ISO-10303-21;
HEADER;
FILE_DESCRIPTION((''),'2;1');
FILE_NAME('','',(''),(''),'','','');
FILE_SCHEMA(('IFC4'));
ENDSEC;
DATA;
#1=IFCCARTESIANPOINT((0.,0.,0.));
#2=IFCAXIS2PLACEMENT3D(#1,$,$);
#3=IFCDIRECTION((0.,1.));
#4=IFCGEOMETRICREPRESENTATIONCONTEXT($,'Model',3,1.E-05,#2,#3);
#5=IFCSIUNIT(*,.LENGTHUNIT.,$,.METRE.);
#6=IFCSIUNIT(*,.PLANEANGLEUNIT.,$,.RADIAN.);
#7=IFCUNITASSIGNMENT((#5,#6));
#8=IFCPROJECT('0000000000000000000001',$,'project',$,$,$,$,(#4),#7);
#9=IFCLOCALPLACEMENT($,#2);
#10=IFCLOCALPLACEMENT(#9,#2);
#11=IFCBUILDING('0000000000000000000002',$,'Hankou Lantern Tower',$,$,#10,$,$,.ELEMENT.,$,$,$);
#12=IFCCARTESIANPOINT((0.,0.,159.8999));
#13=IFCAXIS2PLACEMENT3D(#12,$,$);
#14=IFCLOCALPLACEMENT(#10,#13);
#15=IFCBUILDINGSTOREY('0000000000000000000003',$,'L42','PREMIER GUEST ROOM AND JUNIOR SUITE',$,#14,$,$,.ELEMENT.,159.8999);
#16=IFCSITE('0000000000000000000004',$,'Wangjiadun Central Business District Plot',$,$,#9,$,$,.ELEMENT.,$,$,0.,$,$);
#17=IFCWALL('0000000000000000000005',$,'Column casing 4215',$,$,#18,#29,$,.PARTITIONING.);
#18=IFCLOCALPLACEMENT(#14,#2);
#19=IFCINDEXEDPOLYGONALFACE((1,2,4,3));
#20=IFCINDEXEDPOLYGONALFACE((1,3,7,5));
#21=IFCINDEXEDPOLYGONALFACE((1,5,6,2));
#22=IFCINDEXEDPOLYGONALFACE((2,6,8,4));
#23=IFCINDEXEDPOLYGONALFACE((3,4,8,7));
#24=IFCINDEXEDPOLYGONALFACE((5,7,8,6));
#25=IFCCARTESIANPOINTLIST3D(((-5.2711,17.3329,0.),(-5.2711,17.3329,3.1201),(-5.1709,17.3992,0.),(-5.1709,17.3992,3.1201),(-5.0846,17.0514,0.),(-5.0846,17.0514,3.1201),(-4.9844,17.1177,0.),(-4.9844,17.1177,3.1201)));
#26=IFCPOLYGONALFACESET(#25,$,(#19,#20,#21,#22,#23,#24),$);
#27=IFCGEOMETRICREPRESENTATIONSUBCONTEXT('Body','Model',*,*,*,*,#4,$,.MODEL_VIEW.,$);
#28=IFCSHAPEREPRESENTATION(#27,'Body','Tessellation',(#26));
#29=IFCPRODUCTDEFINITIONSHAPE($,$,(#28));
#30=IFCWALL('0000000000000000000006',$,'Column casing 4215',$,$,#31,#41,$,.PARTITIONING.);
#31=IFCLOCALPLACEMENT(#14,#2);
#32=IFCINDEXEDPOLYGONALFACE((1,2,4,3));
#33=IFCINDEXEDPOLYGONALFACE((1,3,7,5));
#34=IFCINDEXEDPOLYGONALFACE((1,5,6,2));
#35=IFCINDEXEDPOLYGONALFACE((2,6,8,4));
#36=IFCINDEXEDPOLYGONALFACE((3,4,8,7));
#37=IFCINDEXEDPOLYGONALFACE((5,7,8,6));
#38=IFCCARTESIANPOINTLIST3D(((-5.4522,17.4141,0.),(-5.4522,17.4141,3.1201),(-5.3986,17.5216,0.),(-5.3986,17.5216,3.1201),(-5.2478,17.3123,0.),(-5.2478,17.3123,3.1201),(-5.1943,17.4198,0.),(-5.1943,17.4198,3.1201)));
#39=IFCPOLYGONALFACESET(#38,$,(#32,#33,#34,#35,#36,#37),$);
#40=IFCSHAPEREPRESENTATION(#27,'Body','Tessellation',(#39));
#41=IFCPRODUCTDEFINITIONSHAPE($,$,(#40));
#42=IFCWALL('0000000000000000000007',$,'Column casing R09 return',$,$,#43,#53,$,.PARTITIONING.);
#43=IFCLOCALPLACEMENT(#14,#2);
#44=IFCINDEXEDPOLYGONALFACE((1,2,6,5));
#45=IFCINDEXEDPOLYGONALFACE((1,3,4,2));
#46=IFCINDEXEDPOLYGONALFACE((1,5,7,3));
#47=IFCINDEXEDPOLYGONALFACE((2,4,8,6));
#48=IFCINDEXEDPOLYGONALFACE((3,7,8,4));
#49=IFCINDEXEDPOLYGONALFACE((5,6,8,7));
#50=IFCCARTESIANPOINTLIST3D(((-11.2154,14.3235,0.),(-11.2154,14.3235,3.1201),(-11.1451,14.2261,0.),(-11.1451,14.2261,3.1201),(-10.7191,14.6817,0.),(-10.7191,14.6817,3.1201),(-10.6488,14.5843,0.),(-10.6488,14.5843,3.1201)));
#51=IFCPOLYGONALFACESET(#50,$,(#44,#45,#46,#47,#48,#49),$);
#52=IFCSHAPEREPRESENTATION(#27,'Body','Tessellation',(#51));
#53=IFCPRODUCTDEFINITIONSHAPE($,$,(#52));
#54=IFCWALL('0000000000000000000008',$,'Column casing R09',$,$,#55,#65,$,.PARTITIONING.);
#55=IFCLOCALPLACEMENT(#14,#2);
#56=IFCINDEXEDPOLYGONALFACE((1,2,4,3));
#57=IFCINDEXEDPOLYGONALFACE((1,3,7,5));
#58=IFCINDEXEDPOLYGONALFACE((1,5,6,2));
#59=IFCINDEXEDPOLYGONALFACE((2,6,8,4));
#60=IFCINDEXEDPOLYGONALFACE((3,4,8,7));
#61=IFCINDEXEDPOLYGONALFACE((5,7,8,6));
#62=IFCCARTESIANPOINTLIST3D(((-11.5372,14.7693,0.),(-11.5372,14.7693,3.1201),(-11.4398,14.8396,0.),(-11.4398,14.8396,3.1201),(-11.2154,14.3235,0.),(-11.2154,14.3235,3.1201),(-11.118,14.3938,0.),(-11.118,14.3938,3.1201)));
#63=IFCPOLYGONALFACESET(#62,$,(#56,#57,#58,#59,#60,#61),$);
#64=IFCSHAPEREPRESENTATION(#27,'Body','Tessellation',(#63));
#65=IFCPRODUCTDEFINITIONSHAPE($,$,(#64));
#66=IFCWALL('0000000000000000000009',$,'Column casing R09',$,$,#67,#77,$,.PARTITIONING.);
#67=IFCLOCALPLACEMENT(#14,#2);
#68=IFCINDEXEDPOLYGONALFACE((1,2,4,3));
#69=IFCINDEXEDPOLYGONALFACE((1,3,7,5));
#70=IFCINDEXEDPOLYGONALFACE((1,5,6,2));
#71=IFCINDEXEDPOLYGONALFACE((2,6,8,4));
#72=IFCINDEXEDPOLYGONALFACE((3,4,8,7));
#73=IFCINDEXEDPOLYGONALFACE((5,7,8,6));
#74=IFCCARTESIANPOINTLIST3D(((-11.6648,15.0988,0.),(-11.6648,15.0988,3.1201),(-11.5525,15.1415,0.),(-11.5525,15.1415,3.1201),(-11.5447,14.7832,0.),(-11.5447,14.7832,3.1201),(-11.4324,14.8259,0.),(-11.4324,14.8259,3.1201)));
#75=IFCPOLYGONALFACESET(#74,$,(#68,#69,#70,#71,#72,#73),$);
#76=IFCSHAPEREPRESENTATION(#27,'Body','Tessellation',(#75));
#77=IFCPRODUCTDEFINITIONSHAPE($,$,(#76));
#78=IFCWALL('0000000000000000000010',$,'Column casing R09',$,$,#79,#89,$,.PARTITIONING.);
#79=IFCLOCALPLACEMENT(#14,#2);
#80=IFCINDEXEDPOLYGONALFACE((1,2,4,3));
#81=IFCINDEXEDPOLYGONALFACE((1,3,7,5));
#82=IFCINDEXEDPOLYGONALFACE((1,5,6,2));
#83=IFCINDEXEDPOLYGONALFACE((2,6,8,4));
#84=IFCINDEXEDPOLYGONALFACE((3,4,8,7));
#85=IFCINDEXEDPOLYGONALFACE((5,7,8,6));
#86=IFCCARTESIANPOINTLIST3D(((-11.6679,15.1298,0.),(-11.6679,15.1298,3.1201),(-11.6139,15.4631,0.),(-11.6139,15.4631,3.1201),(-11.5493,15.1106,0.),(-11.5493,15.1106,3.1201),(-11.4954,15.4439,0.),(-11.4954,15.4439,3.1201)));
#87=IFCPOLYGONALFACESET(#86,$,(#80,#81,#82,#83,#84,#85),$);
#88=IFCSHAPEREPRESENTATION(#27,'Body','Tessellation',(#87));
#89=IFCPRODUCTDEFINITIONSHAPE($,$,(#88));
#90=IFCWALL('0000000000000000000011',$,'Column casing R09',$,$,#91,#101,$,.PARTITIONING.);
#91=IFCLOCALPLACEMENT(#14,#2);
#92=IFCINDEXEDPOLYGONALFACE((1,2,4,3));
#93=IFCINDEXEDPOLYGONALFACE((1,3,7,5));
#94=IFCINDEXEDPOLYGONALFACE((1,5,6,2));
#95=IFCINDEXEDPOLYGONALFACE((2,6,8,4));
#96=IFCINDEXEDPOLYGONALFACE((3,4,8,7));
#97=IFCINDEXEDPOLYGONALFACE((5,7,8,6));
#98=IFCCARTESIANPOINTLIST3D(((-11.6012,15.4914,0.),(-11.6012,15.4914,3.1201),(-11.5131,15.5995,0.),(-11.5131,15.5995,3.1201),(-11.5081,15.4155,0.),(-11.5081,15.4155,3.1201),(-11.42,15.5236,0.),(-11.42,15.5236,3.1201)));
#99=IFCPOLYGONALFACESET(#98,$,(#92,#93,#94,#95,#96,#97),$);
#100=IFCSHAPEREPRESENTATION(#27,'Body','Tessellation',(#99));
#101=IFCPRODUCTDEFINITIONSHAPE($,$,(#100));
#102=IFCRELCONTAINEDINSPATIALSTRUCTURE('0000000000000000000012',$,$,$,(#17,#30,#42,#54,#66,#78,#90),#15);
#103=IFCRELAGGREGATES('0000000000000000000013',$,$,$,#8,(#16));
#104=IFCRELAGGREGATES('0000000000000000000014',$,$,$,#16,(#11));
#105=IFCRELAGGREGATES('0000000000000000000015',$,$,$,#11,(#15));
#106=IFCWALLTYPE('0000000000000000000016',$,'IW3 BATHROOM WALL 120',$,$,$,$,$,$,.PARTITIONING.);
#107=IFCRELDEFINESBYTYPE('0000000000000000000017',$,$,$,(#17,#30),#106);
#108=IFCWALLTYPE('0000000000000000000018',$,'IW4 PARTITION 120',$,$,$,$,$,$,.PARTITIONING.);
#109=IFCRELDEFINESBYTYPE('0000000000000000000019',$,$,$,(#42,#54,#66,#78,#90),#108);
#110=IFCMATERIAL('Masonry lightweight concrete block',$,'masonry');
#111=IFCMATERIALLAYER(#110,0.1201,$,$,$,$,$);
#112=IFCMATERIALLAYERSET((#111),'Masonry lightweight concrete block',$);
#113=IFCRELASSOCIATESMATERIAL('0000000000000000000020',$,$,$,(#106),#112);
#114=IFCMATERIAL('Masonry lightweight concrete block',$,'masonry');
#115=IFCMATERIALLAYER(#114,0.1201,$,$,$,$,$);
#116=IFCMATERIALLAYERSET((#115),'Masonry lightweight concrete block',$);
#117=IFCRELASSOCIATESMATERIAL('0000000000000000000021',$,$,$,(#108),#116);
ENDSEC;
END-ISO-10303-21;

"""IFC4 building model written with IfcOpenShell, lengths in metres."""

from ifc_helpers import new_model, si_unit, direction, frame, frame_2d, origin, place, context, subcontext, project, spatial, rectangle, extrude, material, layer, layer_set, type_object, element, save


model = new_model("IFC4")

# Units and contexts
model_context = context("Model", 3, precision=1e-05, world=origin(), true_north=direction((0.0, 1.0)))
body_context = subcontext(model_context, "Body", "Model", "MODEL_VIEW")
ifc_project = project(units=[si_unit("LENGTHUNIT", "METRE"), si_unit("PLANEANGLEUNIT", "RADIAN")], contexts=[model_context])

# Site, building, storey
site_placement = place(None, origin())
site = spatial("IfcSite", under=ifc_project, at=site_placement, Name="Wangjiadun Central Business District Plot", CompositionType="ELEMENT", RefElevation=0.0)
building_placement = place(site_placement, origin())
building = spatial("IfcBuilding", under=site, at=building_placement, Name="Hankou Lantern Tower", CompositionType="ELEMENT")
storey_placement = place(building_placement, frame((0.0, 0.0, 159.8999)))
storey = spatial("IfcBuildingStorey", under=building, at=storey_placement, Name="L42", Description="PREMIER GUEST ROOM AND JUNIOR SUITE", CompositionType="ELEMENT", Elevation=159.8999)

# Shared definitions
ifc_material_1 = material(Name="Masonry lightweight concrete block", Category="masonry")
ifc_layer_1 = layer(ifc_material_1, 0.1201)
ifc_layer_set_1 = layer_set([ifc_layer_1], Name="Masonry lightweight concrete block")
wall_type_1 = type_object("IfcWallType", Name="IW3 BATHROOM WALL 120", PredefinedType="PARTITIONING", material=ifc_layer_set_1)

# Walls
wall_1_placement = place(storey_placement, frame((-5.0344, 17.0845, 0.0), z_axis=(0.0, 0.0, 1.0), x_axis=(-0.552362, 0.833604, 0.0)))
element("IfcWall", 1, at=wall_1_placement, inside=storey, type_object=wall_type_1, Name="Column casing 4215", PredefinedType="PARTITIONING", context=body_context, shape_type="SweptSolid", body=[
    extrude(rectangle(XDim=0.3376, YDim=0.1201, at=frame_2d((0.1689, 0.0))), origin(), (0.0, 0.0, 1.0), 3.1201),
])
wall_2_placement = place(storey_placement, frame((-5.2209, 17.366, 0.0), z_axis=(0.0, 0.0, 1.0), x_axis=(-0.895068, 0.44593, 0.0)))
element("IfcWall", 2, at=wall_2_placement, inside=storey, type_object=wall_type_1, Name="Column casing 4215", PredefinedType="PARTITIONING", context=body_context, shape_type="SweptSolid", body=[
    extrude(rectangle(XDim=0.2283, YDim=0.1201, at=frame_2d((0.1143, 0.0))), origin(), (0.0, 0.0, 1.0), 3.1201),
])
ifc_material_2 = material(Name="Masonry lightweight concrete block", Category="masonry")
ifc_layer_2 = layer(ifc_material_2, 0.1201)
ifc_layer_set_2 = layer_set([ifc_layer_2], Name="Masonry lightweight concrete block")
wall_type_2 = type_object("IfcWallType", Name="IW4 PARTITION 120", PredefinedType="PARTITIONING", material=ifc_layer_set_2)
wall_3_placement = place(storey_placement, frame((-10.6838, 14.6331, 0.0), z_axis=(0.0, 0.0, 1.0), x_axis=(-0.810921, -0.585156, 0.0)))
element("IfcWall", 3, at=wall_3_placement, inside=storey, type_object=wall_type_2, Name="Column casing R09 return", PredefinedType="PARTITIONING", context=body_context, shape_type="SweptSolid", body=[
    extrude(rectangle(XDim=0.6121, YDim=0.1201, at=frame_2d((0.3062, 0.0))), origin(), (0.0, 0.0, 1.0), 3.1201),
])
wall_4_placement = place(storey_placement, frame((-11.1667, 14.3586, 0.0), z_axis=(0.0, 0.0, 1.0), x_axis=(-0.585264, 0.810843, 0.0)))
element("IfcWall", 4, at=wall_4_placement, inside=storey, type_object=wall_type_2, Name="Column casing R09", PredefinedType="PARTITIONING", context=body_context, shape_type="SweptSolid", body=[
    extrude(rectangle(XDim=0.5498, YDim=0.1201, at=frame_2d((0.2749, 0.0))), origin(), (0.0, 0.0, 1.0), 3.1201),
])
for number, where, z_axis, x_axis, name in (
    (5, (-11.4885, 14.8044, 0.0), (0.0, 0.0, 1.0), (-0.355635, 0.934625, 0.0), "Column casing R09"),
    (6, (-11.6086, 15.1201, 0.0), (0.0, 0.0, 1.0), (0.159824, 0.987146, 0.0), "Column casing R09"),
):
    element("IfcWall", number, at=place(storey_placement, frame(where, z_axis=z_axis, x_axis=x_axis)), inside=storey, type_object=wall_type_2, Name=name, PredefinedType="PARTITIONING", context=body_context, shape_type="SweptSolid", body=[
        extrude(rectangle(XDim=0.3376, YDim=0.1201, at=frame_2d((0.1689, 0.0))), origin(), (0.0, 0.0, 1.0), 3.1201),
    ])
wall_5_placement = place(storey_placement, frame((-11.5547, 15.4534, 0.0), z_axis=(0.0, 0.0, 1.0), x_axis=(0.631712, 0.775203, 0.0)))
element("IfcWall", 7, at=wall_5_placement, inside=storey, type_object=wall_type_2, Name="Column casing R09", PredefinedType="PARTITIONING", context=body_context, shape_type="SweptSolid", body=[
    extrude(rectangle(XDim=0.1394, YDim=0.1201, at=frame_2d((0.0698, 0.0))), origin(), (0.0, 0.0, 1.0), 3.1201),
])

save(model, "model.ifc")
